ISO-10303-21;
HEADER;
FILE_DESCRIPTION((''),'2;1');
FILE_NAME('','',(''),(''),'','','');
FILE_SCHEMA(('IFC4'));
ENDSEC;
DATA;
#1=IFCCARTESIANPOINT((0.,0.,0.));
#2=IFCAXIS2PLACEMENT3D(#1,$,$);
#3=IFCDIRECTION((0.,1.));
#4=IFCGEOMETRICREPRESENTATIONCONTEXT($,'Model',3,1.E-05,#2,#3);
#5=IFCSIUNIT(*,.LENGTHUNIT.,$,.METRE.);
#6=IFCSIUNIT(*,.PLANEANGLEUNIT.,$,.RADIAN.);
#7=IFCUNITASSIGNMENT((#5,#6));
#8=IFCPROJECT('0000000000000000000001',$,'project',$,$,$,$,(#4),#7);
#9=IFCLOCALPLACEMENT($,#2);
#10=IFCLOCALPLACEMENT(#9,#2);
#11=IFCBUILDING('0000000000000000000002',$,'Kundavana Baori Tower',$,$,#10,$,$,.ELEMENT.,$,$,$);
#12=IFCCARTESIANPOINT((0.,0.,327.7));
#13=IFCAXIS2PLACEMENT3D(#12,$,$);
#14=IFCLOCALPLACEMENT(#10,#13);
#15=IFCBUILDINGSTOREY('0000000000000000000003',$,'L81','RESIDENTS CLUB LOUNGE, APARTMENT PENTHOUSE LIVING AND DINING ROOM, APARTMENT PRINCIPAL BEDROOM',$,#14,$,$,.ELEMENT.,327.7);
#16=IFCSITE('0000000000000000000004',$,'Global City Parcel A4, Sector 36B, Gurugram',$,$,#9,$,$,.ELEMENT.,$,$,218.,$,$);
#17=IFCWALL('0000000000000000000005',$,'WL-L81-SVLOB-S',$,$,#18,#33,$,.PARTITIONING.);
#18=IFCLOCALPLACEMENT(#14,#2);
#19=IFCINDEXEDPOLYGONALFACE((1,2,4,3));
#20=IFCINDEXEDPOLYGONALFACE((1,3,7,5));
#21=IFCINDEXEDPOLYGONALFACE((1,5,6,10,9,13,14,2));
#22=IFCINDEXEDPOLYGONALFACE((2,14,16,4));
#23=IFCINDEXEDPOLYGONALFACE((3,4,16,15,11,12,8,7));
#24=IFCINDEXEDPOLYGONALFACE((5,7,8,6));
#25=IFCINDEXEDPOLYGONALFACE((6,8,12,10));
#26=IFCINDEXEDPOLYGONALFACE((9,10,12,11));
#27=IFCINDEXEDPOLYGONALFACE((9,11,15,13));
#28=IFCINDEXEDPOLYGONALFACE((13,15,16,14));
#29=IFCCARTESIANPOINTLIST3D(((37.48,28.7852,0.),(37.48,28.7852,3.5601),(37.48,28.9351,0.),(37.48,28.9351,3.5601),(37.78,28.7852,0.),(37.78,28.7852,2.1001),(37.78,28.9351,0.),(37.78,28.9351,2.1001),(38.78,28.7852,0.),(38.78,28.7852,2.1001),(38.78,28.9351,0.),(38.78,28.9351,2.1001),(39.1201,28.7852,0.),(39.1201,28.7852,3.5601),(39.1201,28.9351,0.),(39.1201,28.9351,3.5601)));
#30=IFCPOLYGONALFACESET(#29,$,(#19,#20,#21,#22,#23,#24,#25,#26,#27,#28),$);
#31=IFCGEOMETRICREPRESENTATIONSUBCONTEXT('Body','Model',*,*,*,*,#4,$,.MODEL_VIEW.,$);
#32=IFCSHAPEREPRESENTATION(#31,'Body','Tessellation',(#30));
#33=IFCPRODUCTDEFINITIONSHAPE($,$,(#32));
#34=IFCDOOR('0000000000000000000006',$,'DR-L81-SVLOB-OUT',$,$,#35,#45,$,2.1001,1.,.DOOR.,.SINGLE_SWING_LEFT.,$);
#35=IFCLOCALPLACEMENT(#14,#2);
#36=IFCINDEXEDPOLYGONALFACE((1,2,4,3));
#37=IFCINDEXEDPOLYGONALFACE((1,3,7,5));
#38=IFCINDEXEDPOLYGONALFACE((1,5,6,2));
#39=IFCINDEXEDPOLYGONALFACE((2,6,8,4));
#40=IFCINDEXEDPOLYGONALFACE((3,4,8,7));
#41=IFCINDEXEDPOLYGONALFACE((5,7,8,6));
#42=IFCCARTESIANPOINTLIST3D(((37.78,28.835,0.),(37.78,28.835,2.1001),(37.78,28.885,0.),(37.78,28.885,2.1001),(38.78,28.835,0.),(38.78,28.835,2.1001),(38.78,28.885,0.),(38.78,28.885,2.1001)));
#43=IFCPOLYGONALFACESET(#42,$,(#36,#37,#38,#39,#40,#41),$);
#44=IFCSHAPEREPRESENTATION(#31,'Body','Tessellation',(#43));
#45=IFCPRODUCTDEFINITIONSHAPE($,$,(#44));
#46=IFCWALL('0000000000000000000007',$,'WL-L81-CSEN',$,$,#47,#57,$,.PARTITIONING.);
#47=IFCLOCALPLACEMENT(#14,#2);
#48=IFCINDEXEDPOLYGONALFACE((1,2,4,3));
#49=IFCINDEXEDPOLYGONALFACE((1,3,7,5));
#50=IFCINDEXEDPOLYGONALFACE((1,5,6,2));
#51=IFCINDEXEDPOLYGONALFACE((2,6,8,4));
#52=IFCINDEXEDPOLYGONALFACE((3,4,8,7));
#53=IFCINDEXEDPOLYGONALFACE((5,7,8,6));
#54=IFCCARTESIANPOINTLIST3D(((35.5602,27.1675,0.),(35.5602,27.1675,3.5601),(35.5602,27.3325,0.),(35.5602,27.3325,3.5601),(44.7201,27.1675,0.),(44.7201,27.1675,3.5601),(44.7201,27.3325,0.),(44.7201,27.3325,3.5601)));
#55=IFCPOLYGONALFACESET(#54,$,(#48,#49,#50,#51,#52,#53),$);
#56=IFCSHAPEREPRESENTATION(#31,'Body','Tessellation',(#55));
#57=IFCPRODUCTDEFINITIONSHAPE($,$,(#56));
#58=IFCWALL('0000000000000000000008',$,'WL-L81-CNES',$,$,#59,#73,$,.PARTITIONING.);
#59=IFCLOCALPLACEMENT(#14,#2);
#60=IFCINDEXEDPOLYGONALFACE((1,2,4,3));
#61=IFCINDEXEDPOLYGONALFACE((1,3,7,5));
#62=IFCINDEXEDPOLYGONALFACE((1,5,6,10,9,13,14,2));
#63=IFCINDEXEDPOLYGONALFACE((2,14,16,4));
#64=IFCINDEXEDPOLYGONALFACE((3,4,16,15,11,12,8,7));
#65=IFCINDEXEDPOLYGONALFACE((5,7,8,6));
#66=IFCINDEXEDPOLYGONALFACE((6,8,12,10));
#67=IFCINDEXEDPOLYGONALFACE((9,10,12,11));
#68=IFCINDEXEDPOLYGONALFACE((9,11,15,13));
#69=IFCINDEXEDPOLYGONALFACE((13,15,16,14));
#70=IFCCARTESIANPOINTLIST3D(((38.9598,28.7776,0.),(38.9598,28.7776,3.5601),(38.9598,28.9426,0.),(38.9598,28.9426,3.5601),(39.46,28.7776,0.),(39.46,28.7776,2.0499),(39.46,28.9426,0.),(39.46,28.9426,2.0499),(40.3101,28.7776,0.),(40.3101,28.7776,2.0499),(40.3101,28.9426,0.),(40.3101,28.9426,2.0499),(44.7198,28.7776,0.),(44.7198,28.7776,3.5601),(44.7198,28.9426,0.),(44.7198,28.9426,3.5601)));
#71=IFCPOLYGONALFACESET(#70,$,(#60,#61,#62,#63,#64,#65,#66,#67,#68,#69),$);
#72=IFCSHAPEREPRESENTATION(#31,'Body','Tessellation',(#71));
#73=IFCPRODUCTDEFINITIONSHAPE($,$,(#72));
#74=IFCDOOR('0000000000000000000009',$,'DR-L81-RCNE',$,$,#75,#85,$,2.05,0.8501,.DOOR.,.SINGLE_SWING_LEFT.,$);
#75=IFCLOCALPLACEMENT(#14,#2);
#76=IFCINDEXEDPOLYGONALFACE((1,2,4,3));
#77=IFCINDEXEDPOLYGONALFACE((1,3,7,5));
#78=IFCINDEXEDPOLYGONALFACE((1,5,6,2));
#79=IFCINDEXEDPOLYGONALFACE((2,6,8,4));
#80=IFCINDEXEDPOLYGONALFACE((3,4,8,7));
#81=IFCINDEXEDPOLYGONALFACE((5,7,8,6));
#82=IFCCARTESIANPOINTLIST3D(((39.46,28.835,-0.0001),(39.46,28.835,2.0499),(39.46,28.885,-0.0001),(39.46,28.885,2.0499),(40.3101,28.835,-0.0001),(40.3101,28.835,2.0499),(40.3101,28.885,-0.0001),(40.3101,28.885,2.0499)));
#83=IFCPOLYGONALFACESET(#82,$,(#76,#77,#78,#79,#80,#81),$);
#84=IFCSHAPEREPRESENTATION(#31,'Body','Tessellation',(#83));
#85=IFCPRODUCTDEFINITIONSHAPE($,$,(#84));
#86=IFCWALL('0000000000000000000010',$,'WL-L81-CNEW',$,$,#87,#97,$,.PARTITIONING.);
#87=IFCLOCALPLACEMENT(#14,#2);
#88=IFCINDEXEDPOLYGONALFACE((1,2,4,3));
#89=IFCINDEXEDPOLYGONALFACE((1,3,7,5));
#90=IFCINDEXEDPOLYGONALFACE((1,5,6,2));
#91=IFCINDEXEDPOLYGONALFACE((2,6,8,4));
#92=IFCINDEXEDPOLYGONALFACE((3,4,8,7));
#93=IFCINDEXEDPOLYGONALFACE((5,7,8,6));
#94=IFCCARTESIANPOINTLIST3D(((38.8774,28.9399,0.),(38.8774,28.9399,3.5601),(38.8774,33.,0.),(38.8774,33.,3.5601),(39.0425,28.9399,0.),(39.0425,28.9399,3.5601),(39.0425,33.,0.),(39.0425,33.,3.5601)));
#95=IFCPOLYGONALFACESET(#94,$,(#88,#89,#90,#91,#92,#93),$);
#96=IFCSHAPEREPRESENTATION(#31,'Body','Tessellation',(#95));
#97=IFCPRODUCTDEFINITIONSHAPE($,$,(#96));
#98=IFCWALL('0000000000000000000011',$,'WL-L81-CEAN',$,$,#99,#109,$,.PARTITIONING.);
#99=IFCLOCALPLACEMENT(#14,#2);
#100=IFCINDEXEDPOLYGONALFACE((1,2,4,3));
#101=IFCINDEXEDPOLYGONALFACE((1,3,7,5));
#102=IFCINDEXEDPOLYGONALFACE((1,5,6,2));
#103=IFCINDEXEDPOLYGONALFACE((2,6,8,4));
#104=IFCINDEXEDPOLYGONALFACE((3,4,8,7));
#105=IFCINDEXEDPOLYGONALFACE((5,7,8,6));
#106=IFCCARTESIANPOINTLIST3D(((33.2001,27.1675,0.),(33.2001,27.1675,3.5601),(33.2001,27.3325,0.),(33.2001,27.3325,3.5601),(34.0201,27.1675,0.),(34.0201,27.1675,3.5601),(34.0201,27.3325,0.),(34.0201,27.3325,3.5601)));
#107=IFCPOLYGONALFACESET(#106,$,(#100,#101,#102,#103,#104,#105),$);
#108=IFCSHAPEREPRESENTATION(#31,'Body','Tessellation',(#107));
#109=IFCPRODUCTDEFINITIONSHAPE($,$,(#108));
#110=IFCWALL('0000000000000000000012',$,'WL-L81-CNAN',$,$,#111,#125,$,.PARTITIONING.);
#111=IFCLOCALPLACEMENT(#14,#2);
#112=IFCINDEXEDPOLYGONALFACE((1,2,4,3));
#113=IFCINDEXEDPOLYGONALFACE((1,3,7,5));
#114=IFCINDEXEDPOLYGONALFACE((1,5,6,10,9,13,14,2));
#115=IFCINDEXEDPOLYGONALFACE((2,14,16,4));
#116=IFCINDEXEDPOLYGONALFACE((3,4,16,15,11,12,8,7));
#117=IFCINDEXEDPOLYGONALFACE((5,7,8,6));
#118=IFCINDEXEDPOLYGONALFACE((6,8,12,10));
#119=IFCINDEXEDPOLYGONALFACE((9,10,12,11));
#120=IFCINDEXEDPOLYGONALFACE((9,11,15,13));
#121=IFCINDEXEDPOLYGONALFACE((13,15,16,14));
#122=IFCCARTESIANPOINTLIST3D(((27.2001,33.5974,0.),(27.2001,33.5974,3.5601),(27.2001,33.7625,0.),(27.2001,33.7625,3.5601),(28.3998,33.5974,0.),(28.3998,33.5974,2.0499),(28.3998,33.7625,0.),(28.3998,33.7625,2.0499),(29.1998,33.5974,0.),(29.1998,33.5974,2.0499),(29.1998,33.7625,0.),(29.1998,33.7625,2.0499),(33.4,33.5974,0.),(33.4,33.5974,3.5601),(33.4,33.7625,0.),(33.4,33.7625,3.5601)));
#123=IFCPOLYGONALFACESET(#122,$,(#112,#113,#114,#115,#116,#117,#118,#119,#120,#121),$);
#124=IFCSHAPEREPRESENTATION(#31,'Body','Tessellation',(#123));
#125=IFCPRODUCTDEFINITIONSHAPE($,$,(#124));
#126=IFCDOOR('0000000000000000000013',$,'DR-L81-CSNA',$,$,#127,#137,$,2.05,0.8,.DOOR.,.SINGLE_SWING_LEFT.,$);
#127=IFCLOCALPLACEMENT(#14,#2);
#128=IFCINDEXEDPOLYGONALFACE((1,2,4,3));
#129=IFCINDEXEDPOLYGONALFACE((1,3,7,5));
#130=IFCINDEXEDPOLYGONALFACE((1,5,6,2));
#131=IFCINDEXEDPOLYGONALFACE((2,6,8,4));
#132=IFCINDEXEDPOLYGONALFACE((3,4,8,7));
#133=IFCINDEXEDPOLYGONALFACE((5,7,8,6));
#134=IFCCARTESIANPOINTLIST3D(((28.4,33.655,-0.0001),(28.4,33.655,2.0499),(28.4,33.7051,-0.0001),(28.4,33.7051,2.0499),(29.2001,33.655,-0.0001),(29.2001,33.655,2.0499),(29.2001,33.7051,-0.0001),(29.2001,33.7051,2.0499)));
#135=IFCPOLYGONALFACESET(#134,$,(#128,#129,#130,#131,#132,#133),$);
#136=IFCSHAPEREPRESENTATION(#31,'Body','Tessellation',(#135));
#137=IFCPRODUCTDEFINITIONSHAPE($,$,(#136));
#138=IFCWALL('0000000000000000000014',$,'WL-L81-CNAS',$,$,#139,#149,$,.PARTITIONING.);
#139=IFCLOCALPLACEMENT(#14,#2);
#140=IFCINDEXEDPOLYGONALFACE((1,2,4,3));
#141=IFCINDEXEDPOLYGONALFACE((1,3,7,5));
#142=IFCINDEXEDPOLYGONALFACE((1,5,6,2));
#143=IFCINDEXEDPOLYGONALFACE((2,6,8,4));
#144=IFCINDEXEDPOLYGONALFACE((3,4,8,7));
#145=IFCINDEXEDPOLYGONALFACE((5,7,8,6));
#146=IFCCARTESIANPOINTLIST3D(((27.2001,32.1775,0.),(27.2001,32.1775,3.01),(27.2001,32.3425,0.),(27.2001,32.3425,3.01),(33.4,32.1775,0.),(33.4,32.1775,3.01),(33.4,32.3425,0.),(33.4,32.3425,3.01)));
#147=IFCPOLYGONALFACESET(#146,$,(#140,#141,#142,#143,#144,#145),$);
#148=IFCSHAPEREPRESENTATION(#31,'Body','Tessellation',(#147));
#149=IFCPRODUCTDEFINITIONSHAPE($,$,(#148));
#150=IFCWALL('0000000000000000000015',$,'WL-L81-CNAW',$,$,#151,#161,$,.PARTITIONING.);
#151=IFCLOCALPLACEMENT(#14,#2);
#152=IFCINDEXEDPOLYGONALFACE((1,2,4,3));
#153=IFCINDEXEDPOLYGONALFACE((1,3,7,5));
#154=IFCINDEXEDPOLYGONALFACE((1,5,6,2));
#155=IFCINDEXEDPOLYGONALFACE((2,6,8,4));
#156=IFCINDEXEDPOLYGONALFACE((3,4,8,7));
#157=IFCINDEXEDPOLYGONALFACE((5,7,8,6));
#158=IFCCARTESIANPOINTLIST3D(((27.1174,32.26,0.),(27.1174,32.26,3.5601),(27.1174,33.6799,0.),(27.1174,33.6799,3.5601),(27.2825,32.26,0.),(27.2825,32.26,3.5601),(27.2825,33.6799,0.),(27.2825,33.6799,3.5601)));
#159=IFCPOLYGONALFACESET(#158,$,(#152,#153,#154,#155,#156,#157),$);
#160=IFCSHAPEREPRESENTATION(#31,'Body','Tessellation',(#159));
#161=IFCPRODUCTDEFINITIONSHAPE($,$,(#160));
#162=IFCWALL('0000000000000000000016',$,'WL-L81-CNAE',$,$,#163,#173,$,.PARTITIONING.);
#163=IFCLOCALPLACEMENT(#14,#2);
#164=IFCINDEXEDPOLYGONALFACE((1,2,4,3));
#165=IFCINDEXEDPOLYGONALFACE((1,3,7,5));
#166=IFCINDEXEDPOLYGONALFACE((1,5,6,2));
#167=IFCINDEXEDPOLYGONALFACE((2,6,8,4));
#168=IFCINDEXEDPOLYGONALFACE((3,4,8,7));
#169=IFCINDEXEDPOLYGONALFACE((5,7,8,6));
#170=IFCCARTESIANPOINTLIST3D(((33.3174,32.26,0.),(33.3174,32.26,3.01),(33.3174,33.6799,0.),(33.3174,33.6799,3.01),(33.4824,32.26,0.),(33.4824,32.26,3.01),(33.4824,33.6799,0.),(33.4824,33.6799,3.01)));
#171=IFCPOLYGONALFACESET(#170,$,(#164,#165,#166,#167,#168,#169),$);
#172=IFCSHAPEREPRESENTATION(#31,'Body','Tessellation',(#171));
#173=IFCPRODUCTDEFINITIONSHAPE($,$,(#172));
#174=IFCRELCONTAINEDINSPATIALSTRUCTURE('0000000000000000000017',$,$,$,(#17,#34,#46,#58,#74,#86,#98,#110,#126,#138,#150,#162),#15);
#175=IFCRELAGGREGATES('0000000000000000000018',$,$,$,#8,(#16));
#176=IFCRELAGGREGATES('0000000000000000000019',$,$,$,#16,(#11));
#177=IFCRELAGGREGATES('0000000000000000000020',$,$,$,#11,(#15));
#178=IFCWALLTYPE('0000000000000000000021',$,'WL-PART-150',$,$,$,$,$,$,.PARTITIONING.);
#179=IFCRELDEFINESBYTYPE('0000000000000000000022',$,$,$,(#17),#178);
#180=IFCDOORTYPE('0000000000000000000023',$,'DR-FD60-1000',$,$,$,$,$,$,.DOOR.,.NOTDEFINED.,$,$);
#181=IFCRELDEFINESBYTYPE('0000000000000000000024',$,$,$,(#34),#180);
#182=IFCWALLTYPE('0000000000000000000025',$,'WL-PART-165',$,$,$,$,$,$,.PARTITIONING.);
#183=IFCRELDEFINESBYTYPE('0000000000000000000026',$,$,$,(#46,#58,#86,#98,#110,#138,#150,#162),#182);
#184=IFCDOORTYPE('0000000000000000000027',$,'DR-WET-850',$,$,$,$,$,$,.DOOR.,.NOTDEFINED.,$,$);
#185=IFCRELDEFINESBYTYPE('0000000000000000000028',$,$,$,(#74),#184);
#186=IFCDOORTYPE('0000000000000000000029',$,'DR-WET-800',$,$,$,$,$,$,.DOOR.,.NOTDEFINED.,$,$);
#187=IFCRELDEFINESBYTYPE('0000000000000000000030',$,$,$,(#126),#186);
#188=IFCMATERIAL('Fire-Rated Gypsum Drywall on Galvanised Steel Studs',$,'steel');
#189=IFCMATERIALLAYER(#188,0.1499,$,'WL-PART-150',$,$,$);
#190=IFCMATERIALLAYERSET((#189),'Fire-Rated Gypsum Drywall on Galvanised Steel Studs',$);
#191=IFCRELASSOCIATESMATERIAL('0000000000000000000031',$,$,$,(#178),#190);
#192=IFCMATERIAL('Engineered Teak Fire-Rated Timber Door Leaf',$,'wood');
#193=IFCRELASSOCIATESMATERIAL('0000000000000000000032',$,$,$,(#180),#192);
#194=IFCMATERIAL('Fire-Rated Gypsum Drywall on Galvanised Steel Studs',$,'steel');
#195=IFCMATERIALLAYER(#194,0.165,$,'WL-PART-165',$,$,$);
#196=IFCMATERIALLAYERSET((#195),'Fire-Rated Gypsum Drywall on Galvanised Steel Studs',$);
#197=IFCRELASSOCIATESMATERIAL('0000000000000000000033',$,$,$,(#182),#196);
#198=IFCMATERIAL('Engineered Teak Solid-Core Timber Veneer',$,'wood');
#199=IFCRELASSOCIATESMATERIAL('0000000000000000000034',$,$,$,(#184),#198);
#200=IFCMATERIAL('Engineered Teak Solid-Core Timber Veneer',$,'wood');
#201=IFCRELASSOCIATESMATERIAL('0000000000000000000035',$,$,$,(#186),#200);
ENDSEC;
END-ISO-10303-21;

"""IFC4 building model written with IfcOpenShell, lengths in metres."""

from ifc_helpers import new_model, si_unit, direction, frame, frame_2d, origin, place, context, subcontext, project, spatial, rectangle, extrude, material, layer, layer_set, type_object, element, fill, save


model = new_model("IFC4")

# Units and contexts
model_context = context("Model", 3, precision=1e-05, world=origin(), true_north=direction((0.0, 1.0)))
body_context = subcontext(model_context, "Body", "Model", "MODEL_VIEW")
ifc_project = project(units=[si_unit("LENGTHUNIT", "METRE"), si_unit("PLANEANGLEUNIT", "RADIAN")], contexts=[model_context])

# Site, building, storey
site_placement = place(None, origin())
site = spatial("IfcSite", under=ifc_project, at=site_placement, Name="Global City Parcel A4, Sector 36B, Gurugram", CompositionType="ELEMENT", RefElevation=218.0)
building_placement = place(site_placement, origin())
building = spatial("IfcBuilding", under=site, at=building_placement, Name="Kundavana Baori Tower", CompositionType="ELEMENT")
storey_placement = place(building_placement, frame((0.0, 0.0, 327.7)))
storey = spatial("IfcBuildingStorey", under=building, at=storey_placement, Name="L81", Description="RESIDENTS CLUB LOUNGE, APARTMENT PENTHOUSE LIVING AND DINING ROOM, APARTMENT PRINCIPAL BEDROOM", CompositionType="ELEMENT", Elevation=327.7)

# Shared definitions
ifc_material_1 = material(Name="Fire-Rated Gypsum Drywall on Galvanised Steel Studs", Category="steel")
ifc_layer_1 = layer(ifc_material_1, 0.1499, Name="WL-PART-150")
ifc_layer_set_1 = layer_set([ifc_layer_1], Name="Fire-Rated Gypsum Drywall on Galvanised Steel Studs")
wall_type_1 = type_object("IfcWallType", Name="WL-PART-150", PredefinedType="PARTITIONING", material=ifc_layer_set_1)

# Wall, opening, door
wall_1_placement = place(storey_placement, frame((37.48, 28.8601, 0.0), z_axis=(0.0, 0.0, 1.0), x_axis=(1.0, 0.0, 0.0)))
wall_1 = element("IfcWall", 1, at=wall_1_placement, inside=storey, type_object=wall_type_1, Name="WL-L81-SVLOB-S", PredefinedType="PARTITIONING", context=body_context, shape_type="SweptSolid", body=[
    extrude(rectangle(XDim=1.6401, YDim=0.1499, at=frame_2d((0.8201, 0.0))), origin(), (0.0, 0.0, 1.0), 3.5601),
])
opening_1_placement = place(wall_1_placement, frame((0.3, 0.0, 0.0)))
opening_1 = element("IfcOpeningElement", 2, at=opening_1_placement, cuts=wall_1, PredefinedType="OPENING", context=body_context, shape_type="SweptSolid", body=[
    extrude(rectangle(XDim=1.0, YDim=2.1001, at=frame_2d((0.5, 1.05))), frame((0.0, 0.085, 0.0), z_axis=(0.0, -1.0, 0.0), x_axis=(1.0, 0.0, 0.0)), (0.0, 0.0, 1.0), 0.1699),
])
ifc_material_2 = material(Name="Engineered Teak Fire-Rated Timber Door Leaf", Category="wood")
door_type_1 = type_object("IfcDoorType", Name="DR-FD60-1000", OperationType="NOTDEFINED", PredefinedType="DOOR", material=ifc_material_2)
door_1_placement = place(opening_1_placement, origin())
door_1 = element("IfcDoor", 3, at=door_1_placement, inside=storey, type_object=door_type_1, Name="DR-L81-SVLOB-OUT", OperationType="SINGLE_SWING_LEFT", OverallHeight=2.1001, OverallWidth=1.0, PredefinedType="DOOR", context=body_context, shape_type="SweptSolid", body=[
    extrude(rectangle(XDim=1.0, YDim=2.1001, at=frame_2d((0.5, 1.05))), frame((0.0, 0.0249, 0.0), z_axis=(0.0, -1.0, 0.0), x_axis=(1.0, 0.0, 0.0)), (0.0, 0.0, 1.0), 0.05),
])
fill(opening_1, door_1)

# Wall
ifc_material_3 = material(Name="Fire-Rated Gypsum Drywall on Galvanised Steel Studs", Category="steel")
ifc_layer_2 = layer(ifc_material_3, 0.165, Name="WL-PART-165")
ifc_layer_set_2 = layer_set([ifc_layer_2], Name="Fire-Rated Gypsum Drywall on Galvanised Steel Studs")
wall_type_2 = type_object("IfcWallType", Name="WL-PART-165", PredefinedType="PARTITIONING", material=ifc_layer_set_2)
wall_2_placement = place(storey_placement, frame((35.5601, 27.25, 0.0), z_axis=(0.0, 0.0, 1.0), x_axis=(1.0, 0.0, 0.0)))
element("IfcWall", 4, at=wall_2_placement, inside=storey, type_object=wall_type_2, Name="WL-L81-CSEN", PredefinedType="PARTITIONING", context=body_context, shape_type="SweptSolid", body=[
    extrude(rectangle(XDim=9.1599, YDim=0.165, at=frame_2d((4.5801, 0.0))), origin(), (0.0, 0.0, 1.0), 3.5601),
])

# Wall, opening, door
wall_3_placement = place(storey_placement, frame((38.96, 28.8601, 0.0), z_axis=(0.0, 0.0, 1.0), x_axis=(1.0, 0.0, 0.0)))
wall_3 = element("IfcWall", 5, at=wall_3_placement, inside=storey, type_object=wall_type_2, Name="WL-L81-CNES", PredefinedType="PARTITIONING", context=body_context, shape_type="SweptSolid", body=[
    extrude(rectangle(XDim=5.76, YDim=0.165, at=frame_2d((2.8799, 0.0))), origin(), (0.0, 0.0, 1.0), 3.5601),
])
opening_2_placement = place(wall_3_placement, frame((0.5, 0.0, 0.0)))
opening_2 = element("IfcOpeningElement", 6, at=opening_2_placement, cuts=wall_3, PredefinedType="OPENING", context=body_context, shape_type="SweptSolid", body=[
    extrude(rectangle(XDim=0.8501, YDim=2.05, at=frame_2d((0.425, 1.0249))), frame((0.0, 0.0925, 0.0), z_axis=(0.0, -1.0, 0.0), x_axis=(1.0, 0.0, 0.0)), (0.0, 0.0, 1.0), 0.1851),
])
ifc_material_4 = material(Name="Engineered Teak Solid-Core Timber Veneer", Category="wood")
door_type_2 = type_object("IfcDoorType", Name="DR-WET-850", OperationType="NOTDEFINED", PredefinedType="DOOR", material=ifc_material_4)
door_2_placement = place(opening_2_placement, origin())
door_2 = element("IfcDoor", 7, at=door_2_placement, inside=storey, type_object=door_type_2, Name="DR-L81-RCNE", OperationType="SINGLE_SWING_LEFT", OverallHeight=2.05, OverallWidth=0.8501, PredefinedType="DOOR", context=body_context, shape_type="SweptSolid", body=[
    extrude(rectangle(XDim=0.8501, YDim=2.05, at=frame_2d((0.425, 1.0249))), frame((0.0, 0.0249, 0.0), z_axis=(0.0, -1.0, 0.0), x_axis=(1.0, 0.0, 0.0)), (0.0, 0.0, 1.0), 0.05),
])
fill(opening_2, door_2)

# Walls
wall_4_placement = place(storey_placement, frame((38.96, 28.9399, 0.0), z_axis=(0.0, 0.0, 1.0), x_axis=(0.0, 1.0, 0.0)))
element("IfcWall", 8, at=wall_4_placement, inside=storey, type_object=wall_type_2, Name="WL-L81-CNEW", PredefinedType="PARTITIONING", context=body_context, shape_type="SweptSolid", body=[
    extrude(rectangle(XDim=4.0601, YDim=0.165, at=frame_2d((2.03, 0.0))), origin(), (0.0, 0.0, 1.0), 3.5601),
])
wall_5_placement = place(storey_placement, frame((33.2, 27.25, 0.0), z_axis=(0.0, 0.0, 1.0), x_axis=(1.0, 0.0, 0.0)))
element("IfcWall", 9, at=wall_5_placement, inside=storey, type_object=wall_type_2, Name="WL-L81-CEAN", PredefinedType="PARTITIONING", context=body_context, shape_type="SweptSolid", body=[
    extrude(rectangle(XDim=0.8201, YDim=0.165, at=frame_2d((0.4102, 0.0))), origin(), (0.0, 0.0, 1.0), 3.5601),
])

# Wall, opening, door
wall_6_placement = place(storey_placement, frame((27.2, 33.6799, 0.0), z_axis=(0.0, 0.0, 1.0), x_axis=(1.0, 0.0, 0.0)))
wall_6 = element("IfcWall", 10, at=wall_6_placement, inside=storey, type_object=wall_type_2, Name="WL-L81-CNAN", PredefinedType="PARTITIONING", context=body_context, shape_type="SweptSolid", body=[
    extrude(rectangle(XDim=6.2, YDim=0.165, at=frame_2d((3.1001, 0.0))), origin(), (0.0, 0.0, 1.0), 3.5601),
])
opening_3_placement = place(wall_6_placement, frame((1.2, 0.0, 0.0)))
opening_3 = element("IfcOpeningElement", 11, at=opening_3_placement, cuts=wall_6, PredefinedType="OPENING", context=body_context, shape_type="SweptSolid", body=[
    extrude(rectangle(XDim=0.8, YDim=2.05, at=frame_2d((0.3999, 1.0249))), frame((0.0, 0.0925, 0.0), z_axis=(0.0, -1.0, 0.0), x_axis=(1.0, 0.0, 0.0)), (0.0, 0.0, 1.0), 0.1851),
])
ifc_material_5 = material(Name="Engineered Teak Solid-Core Timber Veneer", Category="wood")
door_type_3 = type_object("IfcDoorType", Name="DR-WET-800", OperationType="NOTDEFINED", PredefinedType="DOOR", material=ifc_material_5)
door_3_placement = place(opening_3_placement, frame((0.8, 0.0, 0.0), z_axis=(0.0, 0.0, 1.0), x_axis=(-1.0, 0.0, 0.0)))
door_3 = element("IfcDoor", 12, at=door_3_placement, inside=storey, type_object=door_type_3, Name="DR-L81-CSNA", OperationType="SINGLE_SWING_LEFT", OverallHeight=2.05, OverallWidth=0.8, PredefinedType="DOOR", context=body_context, shape_type="SweptSolid", body=[
    extrude(rectangle(XDim=0.8, YDim=2.05, at=frame_2d((0.3999, 1.0249))), frame((0.0, 0.0249, 0.0), z_axis=(0.0, -1.0, 0.0), x_axis=(1.0, 0.0, 0.0)), (0.0, 0.0, 1.0), 0.05),
])
fill(opening_3, door_3)

# Walls
wall_7_placement = place(storey_placement, frame((27.2, 32.26, 0.0), z_axis=(0.0, 0.0, 1.0), x_axis=(1.0, 0.0, 0.0)))
element("IfcWall", 13, at=wall_7_placement, inside=storey, type_object=wall_type_2, Name="WL-L81-CNAS", PredefinedType="PARTITIONING", context=body_context, shape_type="SweptSolid", body=[
    extrude(rectangle(XDim=6.2, YDim=0.165, at=frame_2d((3.1001, 0.0))), origin(), (0.0, 0.0, 1.0), 3.01),
])
wall_8_placement = place(storey_placement, frame((27.2, 32.26, 0.0), z_axis=(0.0, 0.0, 1.0), x_axis=(0.0, 1.0, 0.0)))
element("IfcWall", 14, at=wall_8_placement, inside=storey, type_object=wall_type_2, Name="WL-L81-CNAW", PredefinedType="PARTITIONING", context=body_context, shape_type="SweptSolid", body=[
    extrude(rectangle(XDim=1.4199, YDim=0.165, at=frame_2d((0.71, 0.0))), origin(), (0.0, 0.0, 1.0), 3.5601),
])
wall_9_placement = place(storey_placement, frame((33.3999, 32.26, 0.0), z_axis=(0.0, 0.0, 1.0), x_axis=(0.0, 1.0, 0.0)))
element("IfcWall", 15, at=wall_9_placement, inside=storey, type_object=wall_type_2, Name="WL-L81-CNAE", PredefinedType="PARTITIONING", context=body_context, shape_type="SweptSolid", body=[
    extrude(rectangle(XDim=1.4199, YDim=0.165, at=frame_2d((0.71, 0.0))), origin(), (0.0, 0.0, 1.0), 3.01),
])

save(model, "model.ifc")
